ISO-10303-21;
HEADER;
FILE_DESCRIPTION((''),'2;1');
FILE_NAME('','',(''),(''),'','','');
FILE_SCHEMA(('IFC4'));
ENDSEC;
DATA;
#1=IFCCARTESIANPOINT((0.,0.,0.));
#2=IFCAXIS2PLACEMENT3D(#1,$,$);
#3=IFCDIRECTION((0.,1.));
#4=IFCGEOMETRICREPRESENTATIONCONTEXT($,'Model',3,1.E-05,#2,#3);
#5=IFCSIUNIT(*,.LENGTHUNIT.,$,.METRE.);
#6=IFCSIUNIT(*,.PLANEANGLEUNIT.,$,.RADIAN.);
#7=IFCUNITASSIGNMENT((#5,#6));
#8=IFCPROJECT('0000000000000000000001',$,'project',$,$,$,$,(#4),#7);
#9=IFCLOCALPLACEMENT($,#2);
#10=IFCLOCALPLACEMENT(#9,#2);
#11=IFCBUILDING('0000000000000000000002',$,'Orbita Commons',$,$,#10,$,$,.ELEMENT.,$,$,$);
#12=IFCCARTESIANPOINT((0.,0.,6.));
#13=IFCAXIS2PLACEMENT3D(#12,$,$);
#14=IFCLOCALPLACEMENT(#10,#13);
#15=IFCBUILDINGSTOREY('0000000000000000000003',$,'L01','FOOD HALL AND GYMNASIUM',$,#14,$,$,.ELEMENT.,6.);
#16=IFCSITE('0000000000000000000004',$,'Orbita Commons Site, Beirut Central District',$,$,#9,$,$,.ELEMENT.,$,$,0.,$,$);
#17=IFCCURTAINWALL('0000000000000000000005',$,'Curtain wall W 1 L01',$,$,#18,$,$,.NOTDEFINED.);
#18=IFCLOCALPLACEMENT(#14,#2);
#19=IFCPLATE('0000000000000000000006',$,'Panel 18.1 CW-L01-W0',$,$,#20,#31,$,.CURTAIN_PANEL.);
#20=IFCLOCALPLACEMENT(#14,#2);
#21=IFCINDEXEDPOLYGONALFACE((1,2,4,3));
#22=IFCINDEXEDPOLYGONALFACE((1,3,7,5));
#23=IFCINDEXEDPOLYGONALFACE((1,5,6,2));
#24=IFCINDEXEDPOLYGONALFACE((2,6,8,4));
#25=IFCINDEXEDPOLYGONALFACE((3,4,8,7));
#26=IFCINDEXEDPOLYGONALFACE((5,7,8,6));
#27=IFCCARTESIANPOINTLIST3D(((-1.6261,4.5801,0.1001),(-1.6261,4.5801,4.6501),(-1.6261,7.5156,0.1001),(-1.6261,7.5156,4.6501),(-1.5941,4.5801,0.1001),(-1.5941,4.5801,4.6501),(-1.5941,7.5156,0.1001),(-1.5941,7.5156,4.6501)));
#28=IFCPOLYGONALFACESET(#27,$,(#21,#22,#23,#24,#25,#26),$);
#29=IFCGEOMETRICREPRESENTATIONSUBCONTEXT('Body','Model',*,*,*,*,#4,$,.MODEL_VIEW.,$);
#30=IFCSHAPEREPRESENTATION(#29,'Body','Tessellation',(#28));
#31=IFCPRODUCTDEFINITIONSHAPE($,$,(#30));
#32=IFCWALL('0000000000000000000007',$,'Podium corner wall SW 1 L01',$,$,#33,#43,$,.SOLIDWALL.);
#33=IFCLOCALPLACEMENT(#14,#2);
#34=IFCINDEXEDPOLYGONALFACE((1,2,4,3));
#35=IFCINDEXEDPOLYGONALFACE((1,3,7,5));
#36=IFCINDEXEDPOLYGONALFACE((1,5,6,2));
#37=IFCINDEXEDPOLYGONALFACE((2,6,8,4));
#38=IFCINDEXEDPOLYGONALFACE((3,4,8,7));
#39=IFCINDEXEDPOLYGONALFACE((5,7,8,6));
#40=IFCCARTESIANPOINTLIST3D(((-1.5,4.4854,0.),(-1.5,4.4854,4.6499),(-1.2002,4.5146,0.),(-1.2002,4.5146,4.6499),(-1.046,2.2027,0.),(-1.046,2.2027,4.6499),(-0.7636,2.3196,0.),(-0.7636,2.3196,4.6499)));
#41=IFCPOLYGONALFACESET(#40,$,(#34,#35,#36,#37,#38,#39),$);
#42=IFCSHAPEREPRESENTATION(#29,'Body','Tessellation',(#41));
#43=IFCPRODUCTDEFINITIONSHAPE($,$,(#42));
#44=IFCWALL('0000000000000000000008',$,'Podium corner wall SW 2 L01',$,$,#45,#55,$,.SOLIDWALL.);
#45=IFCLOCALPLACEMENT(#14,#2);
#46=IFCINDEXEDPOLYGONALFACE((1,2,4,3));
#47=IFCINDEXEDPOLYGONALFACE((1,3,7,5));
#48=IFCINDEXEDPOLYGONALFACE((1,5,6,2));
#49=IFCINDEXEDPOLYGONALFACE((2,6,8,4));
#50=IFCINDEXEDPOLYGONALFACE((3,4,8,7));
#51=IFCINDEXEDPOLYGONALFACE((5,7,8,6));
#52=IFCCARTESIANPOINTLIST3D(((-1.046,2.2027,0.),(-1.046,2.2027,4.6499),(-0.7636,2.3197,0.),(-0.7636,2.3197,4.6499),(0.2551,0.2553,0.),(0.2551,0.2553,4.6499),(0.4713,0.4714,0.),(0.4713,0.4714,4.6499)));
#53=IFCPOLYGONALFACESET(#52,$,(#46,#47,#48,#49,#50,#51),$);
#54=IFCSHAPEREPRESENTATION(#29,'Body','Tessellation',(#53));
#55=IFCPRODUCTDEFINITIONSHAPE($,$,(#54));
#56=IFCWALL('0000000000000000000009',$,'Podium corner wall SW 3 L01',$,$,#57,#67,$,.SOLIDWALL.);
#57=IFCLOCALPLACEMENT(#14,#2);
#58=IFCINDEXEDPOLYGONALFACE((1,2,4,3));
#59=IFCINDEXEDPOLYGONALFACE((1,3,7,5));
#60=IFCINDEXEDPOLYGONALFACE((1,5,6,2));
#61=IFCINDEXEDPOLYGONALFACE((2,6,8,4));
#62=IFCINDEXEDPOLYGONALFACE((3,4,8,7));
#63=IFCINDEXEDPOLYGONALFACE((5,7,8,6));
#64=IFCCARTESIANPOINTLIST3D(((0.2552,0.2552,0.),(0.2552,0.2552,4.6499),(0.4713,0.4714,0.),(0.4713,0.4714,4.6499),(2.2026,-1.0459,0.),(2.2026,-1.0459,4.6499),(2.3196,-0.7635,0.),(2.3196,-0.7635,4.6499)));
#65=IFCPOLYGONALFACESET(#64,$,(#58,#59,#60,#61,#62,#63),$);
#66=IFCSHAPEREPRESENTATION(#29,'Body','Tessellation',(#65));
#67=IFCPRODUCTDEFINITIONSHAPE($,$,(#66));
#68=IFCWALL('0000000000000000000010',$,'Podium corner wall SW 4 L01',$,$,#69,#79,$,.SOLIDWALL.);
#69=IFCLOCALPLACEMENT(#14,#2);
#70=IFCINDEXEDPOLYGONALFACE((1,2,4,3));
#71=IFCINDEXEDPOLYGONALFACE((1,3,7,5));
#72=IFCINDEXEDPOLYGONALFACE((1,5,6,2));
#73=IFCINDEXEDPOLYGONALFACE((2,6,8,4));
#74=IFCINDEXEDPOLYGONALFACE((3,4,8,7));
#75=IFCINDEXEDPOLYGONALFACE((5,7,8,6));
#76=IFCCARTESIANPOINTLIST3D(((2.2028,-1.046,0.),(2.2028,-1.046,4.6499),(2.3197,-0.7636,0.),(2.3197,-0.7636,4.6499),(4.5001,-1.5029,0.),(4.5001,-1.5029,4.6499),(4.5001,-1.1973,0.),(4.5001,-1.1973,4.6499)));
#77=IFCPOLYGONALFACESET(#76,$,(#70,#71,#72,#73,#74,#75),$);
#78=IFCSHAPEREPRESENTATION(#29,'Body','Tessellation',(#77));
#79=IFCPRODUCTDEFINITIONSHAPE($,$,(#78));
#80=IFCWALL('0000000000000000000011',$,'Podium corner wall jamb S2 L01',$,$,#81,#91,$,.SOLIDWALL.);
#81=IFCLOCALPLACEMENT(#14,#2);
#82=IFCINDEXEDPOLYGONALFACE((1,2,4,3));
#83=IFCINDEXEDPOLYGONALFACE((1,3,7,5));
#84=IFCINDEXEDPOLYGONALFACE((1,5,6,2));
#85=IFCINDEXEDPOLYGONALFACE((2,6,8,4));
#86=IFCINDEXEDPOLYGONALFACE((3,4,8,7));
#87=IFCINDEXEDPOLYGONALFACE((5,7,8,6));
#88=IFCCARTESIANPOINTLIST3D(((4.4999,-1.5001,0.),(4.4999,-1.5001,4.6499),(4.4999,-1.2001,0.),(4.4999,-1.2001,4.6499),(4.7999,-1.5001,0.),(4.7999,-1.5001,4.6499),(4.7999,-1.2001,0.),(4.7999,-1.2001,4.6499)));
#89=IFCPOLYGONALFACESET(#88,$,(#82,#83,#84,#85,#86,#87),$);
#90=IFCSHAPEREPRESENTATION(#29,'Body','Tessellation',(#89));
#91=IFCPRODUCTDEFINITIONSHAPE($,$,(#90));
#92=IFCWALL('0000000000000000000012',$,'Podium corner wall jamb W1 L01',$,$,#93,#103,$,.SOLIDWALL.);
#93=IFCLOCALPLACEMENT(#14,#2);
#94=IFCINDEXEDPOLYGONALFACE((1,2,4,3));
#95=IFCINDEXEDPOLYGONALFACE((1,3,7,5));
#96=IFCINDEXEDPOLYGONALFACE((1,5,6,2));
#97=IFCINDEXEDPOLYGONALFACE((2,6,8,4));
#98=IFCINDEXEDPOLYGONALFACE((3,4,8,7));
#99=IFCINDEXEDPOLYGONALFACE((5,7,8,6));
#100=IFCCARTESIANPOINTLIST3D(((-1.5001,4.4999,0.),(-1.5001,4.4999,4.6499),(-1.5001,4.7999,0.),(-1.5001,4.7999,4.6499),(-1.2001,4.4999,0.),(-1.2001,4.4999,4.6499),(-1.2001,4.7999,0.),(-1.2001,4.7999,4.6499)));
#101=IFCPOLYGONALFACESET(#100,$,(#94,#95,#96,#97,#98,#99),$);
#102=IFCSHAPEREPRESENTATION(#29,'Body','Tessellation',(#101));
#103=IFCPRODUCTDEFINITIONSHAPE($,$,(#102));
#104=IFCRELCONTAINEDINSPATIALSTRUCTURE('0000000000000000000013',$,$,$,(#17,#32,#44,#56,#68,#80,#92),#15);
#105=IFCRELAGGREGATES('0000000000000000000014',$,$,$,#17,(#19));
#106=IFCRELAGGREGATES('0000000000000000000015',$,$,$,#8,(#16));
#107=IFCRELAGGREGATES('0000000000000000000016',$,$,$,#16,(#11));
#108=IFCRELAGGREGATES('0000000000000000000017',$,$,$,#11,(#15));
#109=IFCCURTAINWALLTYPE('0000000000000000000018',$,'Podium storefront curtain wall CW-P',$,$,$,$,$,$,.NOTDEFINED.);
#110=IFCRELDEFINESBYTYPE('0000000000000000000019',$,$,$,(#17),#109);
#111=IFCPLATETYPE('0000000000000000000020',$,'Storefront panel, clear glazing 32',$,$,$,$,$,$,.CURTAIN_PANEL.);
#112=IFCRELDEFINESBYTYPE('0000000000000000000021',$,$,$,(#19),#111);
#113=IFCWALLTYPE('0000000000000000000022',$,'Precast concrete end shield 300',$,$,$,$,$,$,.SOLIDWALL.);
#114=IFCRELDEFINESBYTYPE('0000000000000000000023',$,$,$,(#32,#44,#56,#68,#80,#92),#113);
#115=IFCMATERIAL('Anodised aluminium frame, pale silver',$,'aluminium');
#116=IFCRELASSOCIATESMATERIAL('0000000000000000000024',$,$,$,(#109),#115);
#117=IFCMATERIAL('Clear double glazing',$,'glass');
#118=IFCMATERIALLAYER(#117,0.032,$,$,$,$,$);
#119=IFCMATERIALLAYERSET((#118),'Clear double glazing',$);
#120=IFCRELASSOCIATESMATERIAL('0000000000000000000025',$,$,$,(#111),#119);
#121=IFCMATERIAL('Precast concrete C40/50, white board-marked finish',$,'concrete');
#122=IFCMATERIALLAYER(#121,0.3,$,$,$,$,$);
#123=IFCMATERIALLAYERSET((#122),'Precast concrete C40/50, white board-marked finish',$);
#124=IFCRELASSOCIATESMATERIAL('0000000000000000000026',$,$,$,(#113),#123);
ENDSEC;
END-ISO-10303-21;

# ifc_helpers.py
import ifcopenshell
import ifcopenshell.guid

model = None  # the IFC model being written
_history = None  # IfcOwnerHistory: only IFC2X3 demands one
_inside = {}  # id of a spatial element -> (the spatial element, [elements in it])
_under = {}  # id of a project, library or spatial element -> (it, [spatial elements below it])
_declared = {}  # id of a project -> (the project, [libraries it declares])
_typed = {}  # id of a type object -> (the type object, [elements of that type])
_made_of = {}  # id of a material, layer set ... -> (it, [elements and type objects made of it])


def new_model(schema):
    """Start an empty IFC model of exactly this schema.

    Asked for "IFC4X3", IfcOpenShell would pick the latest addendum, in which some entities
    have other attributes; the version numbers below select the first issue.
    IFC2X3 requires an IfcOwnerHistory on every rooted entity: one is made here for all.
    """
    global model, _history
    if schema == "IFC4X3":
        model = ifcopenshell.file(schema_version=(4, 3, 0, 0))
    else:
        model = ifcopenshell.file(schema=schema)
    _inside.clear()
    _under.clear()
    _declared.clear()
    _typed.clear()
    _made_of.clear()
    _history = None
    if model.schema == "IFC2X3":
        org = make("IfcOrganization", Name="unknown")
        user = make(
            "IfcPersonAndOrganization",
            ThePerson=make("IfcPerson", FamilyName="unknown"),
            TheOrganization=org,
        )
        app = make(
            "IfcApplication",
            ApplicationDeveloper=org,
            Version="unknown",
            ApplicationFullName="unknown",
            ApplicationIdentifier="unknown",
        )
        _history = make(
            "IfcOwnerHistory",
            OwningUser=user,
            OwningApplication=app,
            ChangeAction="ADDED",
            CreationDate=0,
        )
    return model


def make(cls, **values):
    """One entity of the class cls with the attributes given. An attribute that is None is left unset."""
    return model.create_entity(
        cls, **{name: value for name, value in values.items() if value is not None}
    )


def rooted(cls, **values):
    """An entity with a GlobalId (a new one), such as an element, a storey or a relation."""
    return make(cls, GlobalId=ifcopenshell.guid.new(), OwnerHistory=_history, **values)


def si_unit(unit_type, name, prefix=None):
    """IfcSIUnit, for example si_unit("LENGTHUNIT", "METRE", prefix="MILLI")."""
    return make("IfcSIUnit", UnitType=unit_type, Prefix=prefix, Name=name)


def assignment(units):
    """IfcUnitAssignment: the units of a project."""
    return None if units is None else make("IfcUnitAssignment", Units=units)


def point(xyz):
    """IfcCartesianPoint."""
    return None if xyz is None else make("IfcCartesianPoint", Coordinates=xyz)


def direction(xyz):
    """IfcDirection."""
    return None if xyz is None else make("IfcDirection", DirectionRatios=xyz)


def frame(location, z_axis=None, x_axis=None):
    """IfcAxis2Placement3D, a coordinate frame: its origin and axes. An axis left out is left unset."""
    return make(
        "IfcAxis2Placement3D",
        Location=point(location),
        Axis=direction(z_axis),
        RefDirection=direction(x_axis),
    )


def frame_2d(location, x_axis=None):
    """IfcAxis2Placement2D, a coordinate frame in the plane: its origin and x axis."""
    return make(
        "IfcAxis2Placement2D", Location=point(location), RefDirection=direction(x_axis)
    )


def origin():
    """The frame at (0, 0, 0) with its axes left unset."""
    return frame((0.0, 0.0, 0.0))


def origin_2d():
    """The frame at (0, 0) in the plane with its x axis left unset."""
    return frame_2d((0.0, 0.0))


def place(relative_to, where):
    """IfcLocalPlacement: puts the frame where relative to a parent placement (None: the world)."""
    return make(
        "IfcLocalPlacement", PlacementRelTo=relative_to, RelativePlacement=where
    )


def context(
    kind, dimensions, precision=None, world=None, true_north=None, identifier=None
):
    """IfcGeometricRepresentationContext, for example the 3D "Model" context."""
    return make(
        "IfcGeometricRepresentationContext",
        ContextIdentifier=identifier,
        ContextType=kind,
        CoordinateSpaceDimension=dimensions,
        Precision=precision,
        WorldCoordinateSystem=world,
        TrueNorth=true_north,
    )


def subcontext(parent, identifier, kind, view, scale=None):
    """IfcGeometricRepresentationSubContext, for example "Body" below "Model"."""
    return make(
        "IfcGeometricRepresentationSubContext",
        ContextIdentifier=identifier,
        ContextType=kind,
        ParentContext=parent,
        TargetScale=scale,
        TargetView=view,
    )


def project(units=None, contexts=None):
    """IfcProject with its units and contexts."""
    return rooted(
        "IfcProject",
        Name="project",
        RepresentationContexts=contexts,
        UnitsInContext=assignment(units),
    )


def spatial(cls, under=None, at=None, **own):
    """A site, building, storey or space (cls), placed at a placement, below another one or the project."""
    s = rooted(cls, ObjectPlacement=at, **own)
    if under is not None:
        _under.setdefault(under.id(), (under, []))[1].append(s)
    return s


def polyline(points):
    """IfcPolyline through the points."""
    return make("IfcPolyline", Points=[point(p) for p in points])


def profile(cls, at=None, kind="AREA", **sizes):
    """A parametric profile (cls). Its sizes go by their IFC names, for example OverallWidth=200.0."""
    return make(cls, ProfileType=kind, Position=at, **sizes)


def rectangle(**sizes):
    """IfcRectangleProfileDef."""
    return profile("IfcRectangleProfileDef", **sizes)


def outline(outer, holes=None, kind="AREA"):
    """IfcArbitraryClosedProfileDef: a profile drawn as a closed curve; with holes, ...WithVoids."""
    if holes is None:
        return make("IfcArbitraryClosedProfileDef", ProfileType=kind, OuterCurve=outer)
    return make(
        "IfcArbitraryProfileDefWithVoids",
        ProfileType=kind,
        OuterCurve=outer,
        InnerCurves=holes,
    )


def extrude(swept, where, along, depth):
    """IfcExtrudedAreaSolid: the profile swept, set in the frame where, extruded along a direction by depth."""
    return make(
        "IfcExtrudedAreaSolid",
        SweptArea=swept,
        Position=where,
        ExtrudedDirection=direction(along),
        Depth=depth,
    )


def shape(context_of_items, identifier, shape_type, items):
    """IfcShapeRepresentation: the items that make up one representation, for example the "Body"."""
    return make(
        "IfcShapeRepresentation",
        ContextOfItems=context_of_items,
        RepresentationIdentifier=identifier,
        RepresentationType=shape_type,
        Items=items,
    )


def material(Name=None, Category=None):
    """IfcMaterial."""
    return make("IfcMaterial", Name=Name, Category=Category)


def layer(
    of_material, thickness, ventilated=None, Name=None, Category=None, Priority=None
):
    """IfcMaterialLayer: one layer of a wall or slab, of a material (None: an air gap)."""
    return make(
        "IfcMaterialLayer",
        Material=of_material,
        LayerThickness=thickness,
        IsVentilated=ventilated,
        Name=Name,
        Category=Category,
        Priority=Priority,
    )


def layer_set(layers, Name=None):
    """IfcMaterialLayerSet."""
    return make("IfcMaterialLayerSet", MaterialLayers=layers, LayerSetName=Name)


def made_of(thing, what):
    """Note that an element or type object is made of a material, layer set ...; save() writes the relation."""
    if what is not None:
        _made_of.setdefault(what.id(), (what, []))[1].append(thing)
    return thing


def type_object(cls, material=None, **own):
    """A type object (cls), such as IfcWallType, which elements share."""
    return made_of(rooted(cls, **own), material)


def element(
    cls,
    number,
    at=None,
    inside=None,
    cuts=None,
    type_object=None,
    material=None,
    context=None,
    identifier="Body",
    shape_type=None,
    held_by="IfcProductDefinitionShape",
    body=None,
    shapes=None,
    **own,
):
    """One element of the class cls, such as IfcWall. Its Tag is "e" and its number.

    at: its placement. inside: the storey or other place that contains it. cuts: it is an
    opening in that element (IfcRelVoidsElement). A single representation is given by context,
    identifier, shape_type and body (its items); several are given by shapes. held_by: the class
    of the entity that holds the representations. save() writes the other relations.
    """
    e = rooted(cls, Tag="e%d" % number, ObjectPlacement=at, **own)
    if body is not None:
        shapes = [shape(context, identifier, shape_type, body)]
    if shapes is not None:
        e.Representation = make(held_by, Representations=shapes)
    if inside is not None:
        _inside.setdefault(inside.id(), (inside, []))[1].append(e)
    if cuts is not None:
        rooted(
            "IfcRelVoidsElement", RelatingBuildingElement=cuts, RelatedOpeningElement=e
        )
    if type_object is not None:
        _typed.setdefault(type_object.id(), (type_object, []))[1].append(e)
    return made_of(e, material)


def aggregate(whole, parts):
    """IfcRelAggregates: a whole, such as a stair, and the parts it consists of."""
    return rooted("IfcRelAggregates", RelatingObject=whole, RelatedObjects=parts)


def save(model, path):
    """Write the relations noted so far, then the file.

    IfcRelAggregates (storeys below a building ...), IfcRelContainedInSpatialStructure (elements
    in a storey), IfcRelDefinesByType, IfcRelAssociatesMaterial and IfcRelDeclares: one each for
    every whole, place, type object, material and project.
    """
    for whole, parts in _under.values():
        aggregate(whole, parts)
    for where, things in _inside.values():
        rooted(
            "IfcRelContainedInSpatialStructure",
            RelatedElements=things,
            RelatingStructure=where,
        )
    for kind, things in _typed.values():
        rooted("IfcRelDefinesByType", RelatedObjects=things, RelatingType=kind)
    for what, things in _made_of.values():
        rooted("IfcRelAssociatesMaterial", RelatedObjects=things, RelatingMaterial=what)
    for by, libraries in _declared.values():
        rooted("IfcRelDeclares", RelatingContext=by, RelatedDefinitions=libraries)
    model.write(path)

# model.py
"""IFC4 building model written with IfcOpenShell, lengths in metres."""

from ifc_helpers import new_model, si_unit, direction, frame, frame_2d, origin, origin_2d, place, context, subcontext, project, spatial, polyline, rectangle, outline, extrude, material, layer, layer_set, type_object, element, aggregate, save


model = new_model("IFC4")

# Units and contexts
model_context = context("Model", 3, precision=1e-05, world=origin(), true_north=direction((0.0, 1.0)))
body_context = subcontext(model_context, "Body", "Model", "MODEL_VIEW")
ifc_project = project(units=[si_unit("LENGTHUNIT", "METRE"), si_unit("PLANEANGLEUNIT", "RADIAN")], contexts=[model_context])

# Site, building, storey
site_placement = place(None, origin())
site = spatial("IfcSite", under=ifc_project, at=site_placement, Name="Orbita Commons Site, Beirut Central District", CompositionType="ELEMENT", RefElevation=0.0)
building_placement = place(site_placement, origin())
building = spatial("IfcBuilding", under=site, at=building_placement, Name="Orbita Commons", CompositionType="ELEMENT")
storey_placement = place(building_placement, frame((0.0, 0.0, 6.0)))
storey = spatial("IfcBuildingStorey", under=building, at=storey_placement, Name="L01", Description="FOOD HALL AND GYMNASIUM", CompositionType="ELEMENT", Elevation=6.0)

# Curtain wall
ifc_material_1 = material(Name="Anodised aluminium frame, pale silver", Category="aluminium")
curtain_wall_type = type_object("IfcCurtainWallType", Name="Podium storefront curtain wall CW-P", PredefinedType="NOTDEFINED", material=ifc_material_1)
curtain_wall_placement = place(storey_placement, origin())
curtain_wall = element("IfcCurtainWall", 1, at=curtain_wall_placement, inside=storey, type_object=curtain_wall_type, Name="Curtain wall W 1 L01", PredefinedType="NOTDEFINED")

# Plate
ifc_material_2 = material(Name="Clear double glazing", Category="glass")
ifc_layer_1 = layer(ifc_material_2, 0.032)
ifc_layer_set_1 = layer_set([ifc_layer_1], Name="Clear double glazing")
plate_type = type_object("IfcPlateType", Name="Storefront panel, clear glazing 32", PredefinedType="CURTAIN_PANEL", material=ifc_layer_set_1)
plate_1_placement = place(storey_placement, frame((-1.6101, 6.0479, 0.1001), z_axis=(0.0, 0.0, 1.0), x_axis=(0.0, -1.0, 0.0)))
plate_1 = element("IfcPlate", 2, at=plate_1_placement, type_object=plate_type, Name="Panel 18.1 CW-L01-W0", PredefinedType="CURTAIN_PANEL", context=body_context, shape_type="SweptSolid", body=[
    extrude(rectangle(XDim=2.9355, YDim=0.032, at=origin_2d()), origin(), (0.0, 0.0, 1.0), 4.55),
])
aggregate(curtain_wall, [plate_1])

# Walls
ifc_material_3 = material(Name="Precast concrete C40/50, white board-marked finish", Category="concrete")
ifc_layer_2 = layer(ifc_material_3, 0.3)
ifc_layer_set_2 = layer_set([ifc_layer_2], Name="Precast concrete C40/50, white board-marked finish")
wall_type = type_object("IfcWallType", Name="Precast concrete end shield 300", PredefinedType="SOLIDWALL", material=ifc_layer_set_2)
wall_1_placement = place(storey_placement, frame((-1.3501, 4.5, 0.0), z_axis=(0.0, 0.0, 1.0), x_axis=(0.195088, -0.980786, 0.0)))
element("IfcWall", 3, at=wall_1_placement, inside=storey, type_object=wall_type, Name="Podium corner wall SW 1 L01", PredefinedType="SOLIDWALL", context=body_context, shape_type="SweptSolid", body=[
    extrude(outline(polyline([(-0.0149, -0.1499), (2.3125, -0.1499), (2.2529, 0.1499), (0.0149, 0.1499), (-0.0149, -0.1499)])), origin(), (0.0, 0.0, 1.0), 4.6499),
])
for number, where, z_axis, x_axis, name in (
    (4, (-0.9048, 2.2612, 0.0), (0.0, 0.0, 1.0), (0.555539, -0.83149, 0.0), "Podium corner wall SW 2 L01"),
    (5, (0.3633, 0.3633, 0.0), (0.0, 0.0, 1.0), (0.83149, -0.555539, 0.0), "Podium corner wall SW 3 L01"),
):
    element("IfcWall", number, at=place(storey_placement, frame(where, z_axis=z_axis, x_axis=x_axis)), inside=storey, type_object=wall_type, Name=name, PredefinedType="SOLIDWALL", context=body_context, shape_type="SweptSolid", body=[
        extrude(outline(polyline([(-0.0298, -0.1499), (2.3123, -0.1499), (2.2527, 0.1499), (0.0298, 0.1499), (-0.0298, -0.1499)])), origin(), (0.0, 0.0, 1.0), 4.6499),
    ])
wall_2_placement = place(storey_placement, frame((2.2612, -0.9048, 0.0), z_axis=(0.0, 0.0, 1.0), x_axis=(0.980786, -0.195088, 0.0)))
element("IfcWall", 6, at=wall_2_placement, inside=storey, type_object=wall_type, Name="Podium corner wall SW 4 L01", PredefinedType="SOLIDWALL", context=body_context, shape_type="SweptSolid", body=[
    extrude(outline(polyline([(-0.0298, -0.1499), (2.3125, -0.1499), (2.2529, 0.1499), (0.0298, 0.1499), (-0.0298, -0.1499)])), origin(), (0.0, 0.0, 1.0), 4.6499),
])
for number, where, z_axis, x_axis, name in (
    (7, (4.5, -1.3501, 0.0), (0.0, 0.0, 1.0), (1.0, 0.0, 0.0), "Podium corner wall jamb S2 L01"),
    (8, (-1.3501, 4.5, 0.0), (0.0, 0.0, 1.0), (0.0, 1.0, 0.0), "Podium corner wall jamb W1 L01"),
):
    element("IfcWall", number, at=place(storey_placement, frame(where, z_axis=z_axis, x_axis=x_axis)), inside=storey, type_object=wall_type, Name=name, PredefinedType="SOLIDWALL", context=body_context, shape_type="SweptSolid", body=[
        extrude(rectangle(XDim=0.3, YDim=0.3, at=frame_2d((0.1499, 0.0))), origin(), (0.0, 0.0, 1.0), 4.6499),
    ])

save(model, "model.ifc")
